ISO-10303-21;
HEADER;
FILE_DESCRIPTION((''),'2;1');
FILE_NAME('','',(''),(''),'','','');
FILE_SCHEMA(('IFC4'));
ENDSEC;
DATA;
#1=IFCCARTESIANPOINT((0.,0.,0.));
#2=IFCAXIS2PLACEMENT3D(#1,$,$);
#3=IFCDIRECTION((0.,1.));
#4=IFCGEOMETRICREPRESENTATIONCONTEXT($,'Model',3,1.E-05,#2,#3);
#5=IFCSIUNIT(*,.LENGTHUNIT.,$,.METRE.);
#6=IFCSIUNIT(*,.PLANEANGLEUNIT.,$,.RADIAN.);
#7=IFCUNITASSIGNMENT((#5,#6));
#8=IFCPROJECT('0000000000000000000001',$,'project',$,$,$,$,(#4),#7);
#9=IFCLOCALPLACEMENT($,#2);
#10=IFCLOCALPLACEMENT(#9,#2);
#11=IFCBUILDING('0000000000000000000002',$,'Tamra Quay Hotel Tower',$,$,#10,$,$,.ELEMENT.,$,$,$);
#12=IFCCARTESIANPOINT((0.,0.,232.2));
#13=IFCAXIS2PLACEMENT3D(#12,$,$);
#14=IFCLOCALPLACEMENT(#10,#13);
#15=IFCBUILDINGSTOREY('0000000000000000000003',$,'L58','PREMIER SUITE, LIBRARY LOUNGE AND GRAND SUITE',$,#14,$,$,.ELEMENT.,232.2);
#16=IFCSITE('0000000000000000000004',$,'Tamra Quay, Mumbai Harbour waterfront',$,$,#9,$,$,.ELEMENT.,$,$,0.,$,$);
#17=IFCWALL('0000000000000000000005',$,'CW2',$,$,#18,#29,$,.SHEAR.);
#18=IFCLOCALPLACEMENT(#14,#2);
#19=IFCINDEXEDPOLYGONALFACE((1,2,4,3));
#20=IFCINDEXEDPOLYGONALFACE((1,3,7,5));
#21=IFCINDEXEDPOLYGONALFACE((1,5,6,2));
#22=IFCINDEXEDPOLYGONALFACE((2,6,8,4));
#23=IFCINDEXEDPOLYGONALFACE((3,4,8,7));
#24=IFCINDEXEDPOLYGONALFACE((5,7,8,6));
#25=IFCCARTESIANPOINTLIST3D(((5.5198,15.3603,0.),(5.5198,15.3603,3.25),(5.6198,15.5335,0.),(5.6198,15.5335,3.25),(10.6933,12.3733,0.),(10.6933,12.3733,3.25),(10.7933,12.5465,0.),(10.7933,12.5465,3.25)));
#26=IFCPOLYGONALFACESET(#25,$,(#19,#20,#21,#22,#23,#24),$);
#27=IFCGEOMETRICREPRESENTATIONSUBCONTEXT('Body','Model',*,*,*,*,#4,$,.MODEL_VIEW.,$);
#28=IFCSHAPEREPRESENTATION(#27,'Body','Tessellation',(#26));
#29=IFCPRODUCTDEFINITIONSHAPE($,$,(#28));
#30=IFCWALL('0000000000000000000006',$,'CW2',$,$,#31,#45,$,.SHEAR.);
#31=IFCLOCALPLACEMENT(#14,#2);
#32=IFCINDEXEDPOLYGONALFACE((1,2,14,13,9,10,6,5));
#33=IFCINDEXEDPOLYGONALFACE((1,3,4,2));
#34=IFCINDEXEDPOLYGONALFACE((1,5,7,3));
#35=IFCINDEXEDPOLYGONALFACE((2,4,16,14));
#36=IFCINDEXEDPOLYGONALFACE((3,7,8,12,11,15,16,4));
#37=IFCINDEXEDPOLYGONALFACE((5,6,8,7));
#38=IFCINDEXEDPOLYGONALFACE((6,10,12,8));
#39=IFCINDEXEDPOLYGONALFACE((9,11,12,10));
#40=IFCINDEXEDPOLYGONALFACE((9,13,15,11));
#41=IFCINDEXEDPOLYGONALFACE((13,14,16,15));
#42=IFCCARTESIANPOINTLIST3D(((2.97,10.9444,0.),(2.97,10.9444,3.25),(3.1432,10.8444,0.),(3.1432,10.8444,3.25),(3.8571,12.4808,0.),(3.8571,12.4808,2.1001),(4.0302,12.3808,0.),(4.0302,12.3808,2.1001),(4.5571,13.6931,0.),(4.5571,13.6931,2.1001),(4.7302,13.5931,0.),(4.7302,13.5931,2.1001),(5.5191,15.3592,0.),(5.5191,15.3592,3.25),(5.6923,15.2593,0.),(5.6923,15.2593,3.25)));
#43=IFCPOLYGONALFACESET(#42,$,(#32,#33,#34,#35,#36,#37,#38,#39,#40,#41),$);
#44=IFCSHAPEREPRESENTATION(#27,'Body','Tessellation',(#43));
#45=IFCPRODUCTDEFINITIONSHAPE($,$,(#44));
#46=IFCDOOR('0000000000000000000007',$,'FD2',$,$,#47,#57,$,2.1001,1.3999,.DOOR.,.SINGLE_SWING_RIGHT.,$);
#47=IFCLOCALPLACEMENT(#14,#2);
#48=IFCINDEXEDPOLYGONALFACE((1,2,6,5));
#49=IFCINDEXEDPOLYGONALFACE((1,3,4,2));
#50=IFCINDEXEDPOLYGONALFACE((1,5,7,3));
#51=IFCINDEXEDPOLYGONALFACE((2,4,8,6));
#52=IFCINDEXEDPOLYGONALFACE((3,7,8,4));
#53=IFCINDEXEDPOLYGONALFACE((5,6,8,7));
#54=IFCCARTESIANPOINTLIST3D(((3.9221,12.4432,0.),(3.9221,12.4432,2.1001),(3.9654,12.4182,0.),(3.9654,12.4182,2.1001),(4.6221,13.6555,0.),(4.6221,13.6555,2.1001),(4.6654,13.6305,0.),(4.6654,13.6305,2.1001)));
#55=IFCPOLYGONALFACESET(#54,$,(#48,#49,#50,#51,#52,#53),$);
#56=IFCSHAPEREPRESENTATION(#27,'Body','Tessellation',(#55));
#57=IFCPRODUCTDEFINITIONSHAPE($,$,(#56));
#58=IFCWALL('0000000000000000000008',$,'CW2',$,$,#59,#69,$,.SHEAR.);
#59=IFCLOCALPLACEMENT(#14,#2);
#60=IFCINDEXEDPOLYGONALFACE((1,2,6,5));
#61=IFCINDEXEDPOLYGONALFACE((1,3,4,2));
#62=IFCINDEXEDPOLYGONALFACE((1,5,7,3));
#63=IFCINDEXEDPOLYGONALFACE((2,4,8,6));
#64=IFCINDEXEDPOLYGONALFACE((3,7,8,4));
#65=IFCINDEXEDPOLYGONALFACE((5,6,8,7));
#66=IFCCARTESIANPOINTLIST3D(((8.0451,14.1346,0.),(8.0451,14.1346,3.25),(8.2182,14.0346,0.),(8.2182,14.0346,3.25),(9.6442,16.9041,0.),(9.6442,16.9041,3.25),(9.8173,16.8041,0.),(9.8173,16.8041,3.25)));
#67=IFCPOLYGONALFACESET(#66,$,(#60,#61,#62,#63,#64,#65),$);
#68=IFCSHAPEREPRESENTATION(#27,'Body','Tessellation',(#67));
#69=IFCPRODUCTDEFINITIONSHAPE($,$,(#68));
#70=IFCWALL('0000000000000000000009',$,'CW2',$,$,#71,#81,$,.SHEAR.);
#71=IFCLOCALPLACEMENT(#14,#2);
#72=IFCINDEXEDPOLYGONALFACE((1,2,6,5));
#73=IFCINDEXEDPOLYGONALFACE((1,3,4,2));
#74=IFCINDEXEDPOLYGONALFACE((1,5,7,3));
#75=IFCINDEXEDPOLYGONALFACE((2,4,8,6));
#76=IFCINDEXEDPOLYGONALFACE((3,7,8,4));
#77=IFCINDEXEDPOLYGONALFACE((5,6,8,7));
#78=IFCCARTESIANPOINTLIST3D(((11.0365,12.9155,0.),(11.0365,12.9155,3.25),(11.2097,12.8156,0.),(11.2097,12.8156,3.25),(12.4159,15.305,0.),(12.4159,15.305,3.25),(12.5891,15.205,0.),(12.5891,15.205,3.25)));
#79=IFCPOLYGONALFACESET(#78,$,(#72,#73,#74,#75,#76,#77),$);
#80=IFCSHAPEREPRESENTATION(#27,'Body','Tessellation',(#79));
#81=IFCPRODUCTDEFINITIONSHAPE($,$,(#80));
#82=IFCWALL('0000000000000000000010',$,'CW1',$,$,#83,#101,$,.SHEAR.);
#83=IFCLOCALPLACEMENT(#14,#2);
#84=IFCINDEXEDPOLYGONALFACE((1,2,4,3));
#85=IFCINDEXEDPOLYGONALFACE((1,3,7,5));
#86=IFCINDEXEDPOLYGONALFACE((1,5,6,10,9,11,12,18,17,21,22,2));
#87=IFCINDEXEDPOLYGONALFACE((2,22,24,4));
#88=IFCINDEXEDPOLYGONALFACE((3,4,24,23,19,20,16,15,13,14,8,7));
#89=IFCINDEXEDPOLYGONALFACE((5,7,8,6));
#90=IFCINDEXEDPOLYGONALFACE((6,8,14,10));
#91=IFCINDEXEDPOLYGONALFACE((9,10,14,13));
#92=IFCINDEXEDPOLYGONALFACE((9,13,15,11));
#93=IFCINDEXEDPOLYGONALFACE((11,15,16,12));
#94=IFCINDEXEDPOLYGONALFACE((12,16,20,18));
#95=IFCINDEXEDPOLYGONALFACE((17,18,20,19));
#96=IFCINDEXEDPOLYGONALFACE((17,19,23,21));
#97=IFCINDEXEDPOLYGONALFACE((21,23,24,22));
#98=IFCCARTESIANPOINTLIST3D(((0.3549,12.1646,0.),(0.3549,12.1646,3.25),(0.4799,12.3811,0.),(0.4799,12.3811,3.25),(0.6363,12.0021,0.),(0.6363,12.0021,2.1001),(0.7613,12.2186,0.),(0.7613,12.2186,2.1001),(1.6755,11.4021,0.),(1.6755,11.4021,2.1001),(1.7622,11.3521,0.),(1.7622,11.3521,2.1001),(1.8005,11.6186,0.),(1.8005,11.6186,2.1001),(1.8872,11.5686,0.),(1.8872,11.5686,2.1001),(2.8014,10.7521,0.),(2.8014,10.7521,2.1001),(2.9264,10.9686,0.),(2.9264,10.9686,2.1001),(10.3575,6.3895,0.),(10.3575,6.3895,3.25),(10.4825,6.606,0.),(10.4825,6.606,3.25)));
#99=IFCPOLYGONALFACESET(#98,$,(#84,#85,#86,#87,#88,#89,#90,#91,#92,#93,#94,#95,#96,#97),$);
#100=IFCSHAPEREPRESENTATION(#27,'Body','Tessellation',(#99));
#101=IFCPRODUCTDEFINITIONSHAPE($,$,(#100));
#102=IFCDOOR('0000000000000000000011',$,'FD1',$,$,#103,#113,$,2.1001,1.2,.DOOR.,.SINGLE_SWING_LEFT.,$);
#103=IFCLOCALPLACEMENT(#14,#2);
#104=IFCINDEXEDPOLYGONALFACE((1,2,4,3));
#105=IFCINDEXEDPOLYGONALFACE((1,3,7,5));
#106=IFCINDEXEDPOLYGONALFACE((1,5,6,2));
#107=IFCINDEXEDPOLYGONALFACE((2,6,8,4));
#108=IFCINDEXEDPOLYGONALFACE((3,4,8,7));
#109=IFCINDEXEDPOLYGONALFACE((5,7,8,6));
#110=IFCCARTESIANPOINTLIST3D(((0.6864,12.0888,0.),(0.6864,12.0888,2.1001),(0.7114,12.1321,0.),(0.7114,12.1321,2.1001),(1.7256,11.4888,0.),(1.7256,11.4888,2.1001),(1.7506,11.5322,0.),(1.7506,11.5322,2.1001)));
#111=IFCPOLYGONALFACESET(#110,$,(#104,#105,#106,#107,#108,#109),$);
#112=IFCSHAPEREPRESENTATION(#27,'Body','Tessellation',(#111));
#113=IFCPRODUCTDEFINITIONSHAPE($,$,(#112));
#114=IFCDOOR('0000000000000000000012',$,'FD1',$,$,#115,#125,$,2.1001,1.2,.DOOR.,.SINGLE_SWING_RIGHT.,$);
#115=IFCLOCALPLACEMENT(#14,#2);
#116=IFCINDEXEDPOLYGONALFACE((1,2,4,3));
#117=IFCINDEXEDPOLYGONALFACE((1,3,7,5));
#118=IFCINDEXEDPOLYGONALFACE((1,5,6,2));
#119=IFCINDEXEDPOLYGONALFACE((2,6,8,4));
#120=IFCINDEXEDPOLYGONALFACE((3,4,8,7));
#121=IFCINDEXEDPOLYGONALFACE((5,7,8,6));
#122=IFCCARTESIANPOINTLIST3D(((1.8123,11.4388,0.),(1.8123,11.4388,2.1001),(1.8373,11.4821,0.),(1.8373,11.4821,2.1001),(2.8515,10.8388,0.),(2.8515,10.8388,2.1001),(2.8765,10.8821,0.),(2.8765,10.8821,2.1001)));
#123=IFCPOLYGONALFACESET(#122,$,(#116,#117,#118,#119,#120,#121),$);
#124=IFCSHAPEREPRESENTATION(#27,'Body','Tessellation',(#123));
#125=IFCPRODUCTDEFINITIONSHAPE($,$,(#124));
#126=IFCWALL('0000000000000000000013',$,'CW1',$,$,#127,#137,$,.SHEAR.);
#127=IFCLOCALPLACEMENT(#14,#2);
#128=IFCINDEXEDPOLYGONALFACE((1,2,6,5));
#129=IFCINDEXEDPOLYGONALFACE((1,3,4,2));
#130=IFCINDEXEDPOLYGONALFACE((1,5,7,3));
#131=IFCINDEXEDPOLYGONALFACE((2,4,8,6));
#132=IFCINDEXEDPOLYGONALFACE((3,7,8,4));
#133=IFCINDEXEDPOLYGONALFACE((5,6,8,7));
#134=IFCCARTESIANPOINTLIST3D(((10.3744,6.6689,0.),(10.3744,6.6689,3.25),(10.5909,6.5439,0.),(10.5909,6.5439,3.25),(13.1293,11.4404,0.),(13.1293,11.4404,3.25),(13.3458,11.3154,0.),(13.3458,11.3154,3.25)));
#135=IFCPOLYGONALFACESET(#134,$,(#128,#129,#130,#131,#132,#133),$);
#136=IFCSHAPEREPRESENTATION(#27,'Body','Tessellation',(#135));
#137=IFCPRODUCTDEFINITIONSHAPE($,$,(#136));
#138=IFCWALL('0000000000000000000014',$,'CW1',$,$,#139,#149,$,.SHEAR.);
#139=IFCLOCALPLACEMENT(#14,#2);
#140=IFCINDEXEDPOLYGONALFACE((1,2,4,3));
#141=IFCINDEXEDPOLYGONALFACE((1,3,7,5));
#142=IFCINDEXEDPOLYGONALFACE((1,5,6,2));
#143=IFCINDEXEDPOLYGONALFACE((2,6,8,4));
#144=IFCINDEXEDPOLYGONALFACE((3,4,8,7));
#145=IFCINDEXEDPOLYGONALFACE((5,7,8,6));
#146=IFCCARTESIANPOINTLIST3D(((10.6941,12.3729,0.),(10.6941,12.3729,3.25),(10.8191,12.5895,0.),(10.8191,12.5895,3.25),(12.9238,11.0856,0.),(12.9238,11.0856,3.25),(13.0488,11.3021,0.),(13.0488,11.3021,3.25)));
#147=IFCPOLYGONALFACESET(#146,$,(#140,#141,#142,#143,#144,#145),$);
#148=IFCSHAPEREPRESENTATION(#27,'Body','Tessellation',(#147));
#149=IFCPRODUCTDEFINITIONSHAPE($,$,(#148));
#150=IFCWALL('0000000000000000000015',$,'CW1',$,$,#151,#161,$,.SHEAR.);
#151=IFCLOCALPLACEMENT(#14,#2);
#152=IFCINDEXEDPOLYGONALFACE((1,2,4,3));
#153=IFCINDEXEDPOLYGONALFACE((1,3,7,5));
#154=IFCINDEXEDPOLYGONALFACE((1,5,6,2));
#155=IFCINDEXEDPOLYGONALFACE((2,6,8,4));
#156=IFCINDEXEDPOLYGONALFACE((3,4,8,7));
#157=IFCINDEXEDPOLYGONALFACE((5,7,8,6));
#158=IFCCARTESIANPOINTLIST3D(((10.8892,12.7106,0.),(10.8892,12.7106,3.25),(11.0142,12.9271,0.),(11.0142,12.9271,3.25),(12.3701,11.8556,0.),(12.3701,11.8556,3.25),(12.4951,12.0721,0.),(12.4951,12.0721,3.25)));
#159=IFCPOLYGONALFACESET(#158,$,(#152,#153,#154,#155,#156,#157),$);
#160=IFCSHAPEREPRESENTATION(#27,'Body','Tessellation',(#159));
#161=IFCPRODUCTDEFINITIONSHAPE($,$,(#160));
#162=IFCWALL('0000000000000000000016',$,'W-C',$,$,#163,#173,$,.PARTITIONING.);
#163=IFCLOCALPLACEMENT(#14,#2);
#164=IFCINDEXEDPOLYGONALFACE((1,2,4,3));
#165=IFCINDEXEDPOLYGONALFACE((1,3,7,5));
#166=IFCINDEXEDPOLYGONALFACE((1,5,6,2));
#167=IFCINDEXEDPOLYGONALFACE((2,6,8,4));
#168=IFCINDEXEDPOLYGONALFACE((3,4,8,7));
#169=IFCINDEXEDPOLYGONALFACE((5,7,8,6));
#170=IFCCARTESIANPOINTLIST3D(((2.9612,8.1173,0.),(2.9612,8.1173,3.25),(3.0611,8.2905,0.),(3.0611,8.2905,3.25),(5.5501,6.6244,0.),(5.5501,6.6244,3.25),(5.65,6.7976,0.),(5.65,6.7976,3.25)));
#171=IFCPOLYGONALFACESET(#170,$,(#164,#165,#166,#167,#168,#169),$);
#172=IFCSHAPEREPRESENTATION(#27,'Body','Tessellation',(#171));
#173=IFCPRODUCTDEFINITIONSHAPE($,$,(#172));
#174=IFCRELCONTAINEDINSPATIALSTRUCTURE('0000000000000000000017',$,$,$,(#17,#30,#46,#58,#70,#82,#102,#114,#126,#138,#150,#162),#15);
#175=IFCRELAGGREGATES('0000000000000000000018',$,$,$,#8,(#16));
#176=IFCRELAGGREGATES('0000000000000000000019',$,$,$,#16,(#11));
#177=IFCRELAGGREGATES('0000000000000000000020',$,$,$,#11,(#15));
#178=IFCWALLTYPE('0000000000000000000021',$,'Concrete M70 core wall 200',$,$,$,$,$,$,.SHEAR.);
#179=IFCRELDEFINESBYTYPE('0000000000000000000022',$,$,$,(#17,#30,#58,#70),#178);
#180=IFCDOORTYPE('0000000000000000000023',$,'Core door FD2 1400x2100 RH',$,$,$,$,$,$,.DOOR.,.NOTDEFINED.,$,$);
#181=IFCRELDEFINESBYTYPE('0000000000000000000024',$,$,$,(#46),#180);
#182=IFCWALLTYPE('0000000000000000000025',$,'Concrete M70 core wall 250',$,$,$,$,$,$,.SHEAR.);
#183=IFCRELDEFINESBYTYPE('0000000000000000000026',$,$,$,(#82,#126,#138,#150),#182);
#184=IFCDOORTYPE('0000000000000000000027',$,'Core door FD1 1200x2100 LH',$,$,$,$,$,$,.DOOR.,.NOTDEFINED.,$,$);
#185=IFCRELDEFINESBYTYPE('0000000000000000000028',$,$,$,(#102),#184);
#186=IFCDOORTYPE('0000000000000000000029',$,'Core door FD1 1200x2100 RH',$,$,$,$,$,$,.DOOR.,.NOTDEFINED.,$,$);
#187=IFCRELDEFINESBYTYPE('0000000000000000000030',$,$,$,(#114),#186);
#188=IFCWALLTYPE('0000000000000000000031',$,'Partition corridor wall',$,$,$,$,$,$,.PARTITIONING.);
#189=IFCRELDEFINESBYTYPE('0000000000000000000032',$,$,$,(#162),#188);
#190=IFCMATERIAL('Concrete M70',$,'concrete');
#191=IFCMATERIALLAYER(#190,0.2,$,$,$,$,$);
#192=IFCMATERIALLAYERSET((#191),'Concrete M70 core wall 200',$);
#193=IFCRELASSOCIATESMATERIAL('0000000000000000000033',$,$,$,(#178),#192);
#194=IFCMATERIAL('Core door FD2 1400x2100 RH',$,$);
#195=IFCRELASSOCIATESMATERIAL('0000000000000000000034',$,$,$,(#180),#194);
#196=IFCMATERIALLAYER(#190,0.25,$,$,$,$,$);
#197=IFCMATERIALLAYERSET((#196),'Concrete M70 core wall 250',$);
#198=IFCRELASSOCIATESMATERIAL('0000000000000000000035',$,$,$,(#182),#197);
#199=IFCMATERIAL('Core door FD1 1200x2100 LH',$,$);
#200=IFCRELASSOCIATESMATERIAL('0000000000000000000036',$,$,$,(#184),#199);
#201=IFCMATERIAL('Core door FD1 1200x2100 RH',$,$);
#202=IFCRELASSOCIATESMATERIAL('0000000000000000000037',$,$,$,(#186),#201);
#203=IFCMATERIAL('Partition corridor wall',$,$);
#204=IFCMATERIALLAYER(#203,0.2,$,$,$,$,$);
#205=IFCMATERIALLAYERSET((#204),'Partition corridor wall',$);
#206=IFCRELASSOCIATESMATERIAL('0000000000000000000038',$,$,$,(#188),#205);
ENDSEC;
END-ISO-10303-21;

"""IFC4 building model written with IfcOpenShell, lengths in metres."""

from ifc_helpers import new_model, si_unit, direction, frame, frame_2d, origin, place, context, subcontext, project, spatial, rectangle, extrude, material, layer, layer_set, type_object, element, fill, save


model = new_model("IFC4")

# Units and contexts
model_context = context("Model", 3, precision=1e-05, world=origin(), true_north=direction((0.0, 1.0)))
body_context = subcontext(model_context, "Body", "Model", "MODEL_VIEW")
ifc_project = project(units=[si_unit("LENGTHUNIT", "METRE"), si_unit("PLANEANGLEUNIT", "RADIAN")], contexts=[model_context])

# Site, building, storey
site_placement = place(None, origin())
site = spatial("IfcSite", under=ifc_project, at=site_placement, Name="Tamra Quay, Mumbai Harbour waterfront", CompositionType="ELEMENT", RefElevation=0.0)
building_placement = place(site_placement, origin())
building = spatial("IfcBuilding", under=site, at=building_placement, Name="Tamra Quay Hotel Tower", CompositionType="ELEMENT")
storey_placement = place(building_placement, frame((0.0, 0.0, 232.2)))
storey = spatial("IfcBuildingStorey", under=building, at=storey_placement, Name="L58", Description="PREMIER SUITE, LIBRARY LOUNGE AND GRAND SUITE", CompositionType="ELEMENT", Elevation=232.2)

# Wall
ifc_material_1 = material(Name="Concrete M70", Category="concrete")
ifc_layer_1 = layer(ifc_material_1, 0.2)
ifc_layer_set_1 = layer_set([ifc_layer_1], Name="Concrete M70 core wall 200")
wall_type_1 = type_object("IfcWallType", Name="Concrete M70 core wall 200", PredefinedType="SHEAR", material=ifc_layer_set_1)
wall_1_placement = place(storey_placement, frame((10.7432, 12.46, 0.0), z_axis=(0.0, 0.0, 1.0), x_axis=(-0.866019, 0.500011, 0.0)))
element("IfcWall", 1, at=wall_1_placement, inside=storey, type_object=wall_type_1, Name="CW2", PredefinedType="SHEAR", context=body_context, shape_type="SweptSolid", body=[
    extrude(rectangle(XDim=5.9739, YDim=0.2, at=frame_2d((2.9868, 0.0))), origin(), (0.0, 0.0, 1.0), 3.25),
])

# Wall, opening, door
wall_2_placement = place(storey_placement, frame((3.0566, 10.8945, 0.0), z_axis=(0.0, 0.0, 1.0), x_axis=(0.500028, 0.866009, 0.0)))
wall_2 = element("IfcWall", 2, at=wall_2_placement, inside=storey, type_object=wall_type_1, Name="CW2", PredefinedType="SHEAR", context=body_context, shape_type="SweptSolid", body=[
    extrude(rectangle(XDim=5.0979, YDim=0.2, at=frame_2d((2.5488, 0.0))), origin(), (0.0, 0.0, 1.0), 3.25),
])
opening_1_placement = place(wall_2_placement, frame((1.7739, 0.0, 0.0)))
opening_1 = element("IfcOpeningElement", 3, at=opening_1_placement, cuts=wall_2, PredefinedType="OPENING", context=body_context, shape_type="SweptSolid", body=[
    extrude(rectangle(XDim=1.3999, YDim=2.1001, at=frame_2d((0.7, 1.05))), frame((0.0, 0.1099, 0.0), z_axis=(0.0, -1.0, 0.0), x_axis=(1.0, 0.0, 0.0)), (0.0, 0.0, 1.0), 0.22),
])
ifc_material_2 = material(Name="Core door FD2 1400x2100 RH")
door_type_1 = type_object("IfcDoorType", Name="Core door FD2 1400x2100 RH", OperationType="NOTDEFINED", PredefinedType="DOOR", material=ifc_material_2)
door_1_placement = place(opening_1_placement, origin())
door_1 = element("IfcDoor", 4, at=door_1_placement, inside=storey, type_object=door_type_1, Name="FD2", OperationType="SINGLE_SWING_RIGHT", OverallHeight=2.1001, OverallWidth=1.3999, PredefinedType="DOOR", context=body_context, shape_type="SweptSolid", body=[
    extrude(rectangle(XDim=1.3999, YDim=2.1001, at=frame_2d((0.7, 1.05))), frame((0.0, 0.0249, 0.0), z_axis=(0.0, -1.0, 0.0), x_axis=(1.0, 0.0, 0.0)), (0.0, 0.0, 1.0), 0.05),
])
fill(opening_1, door_1)

# Walls
wall_3_placement = place(storey_placement, frame((8.1316, 14.0845, 0.0), z_axis=(0.0, 0.0, 1.0), x_axis=(0.500031, 0.866008, 0.0)))
element("IfcWall", 5, at=wall_3_placement, inside=storey, type_object=wall_type_1, Name="CW2", PredefinedType="SHEAR", context=body_context, shape_type="SweptSolid", body=[
    extrude(rectangle(XDim=3.198, YDim=0.2, at=frame_2d((1.5991, 0.0))), origin(), (0.0, 0.0, 1.0), 3.25),
])
wall_4_placement = place(storey_placement, frame((12.5024, 15.2549, 0.0), z_axis=(0.0, 0.0, 1.0), x_axis=(-0.499965, -0.866046, 0.0)))
element("IfcWall", 6, at=wall_4_placement, inside=storey, type_object=wall_type_1, Name="CW2", PredefinedType="SHEAR", context=body_context, shape_type="SweptSolid", body=[
    extrude(rectangle(XDim=2.759, YDim=0.2, at=frame_2d((1.3794, 0.0))), origin(), (0.0, 0.0, 1.0), 3.25),
])

# Wall, openings, doors
ifc_layer_2 = layer(ifc_material_1, 0.25)
ifc_layer_set_2 = layer_set([ifc_layer_2], Name="Concrete M70 core wall 250")
wall_type_2 = type_object("IfcWallType", Name="Concrete M70 core wall 250", PredefinedType="SHEAR", material=ifc_layer_set_2)
wall_5_placement = place(storey_placement, frame((10.4199, 6.4978, 0.0), z_axis=(0.0, 0.0, 1.0), x_axis=(-0.866022, 0.500006, 0.0)))
wall_5 = element("IfcWall", 7, at=wall_5_placement, inside=storey, type_object=wall_type_2, Name="CW1", PredefinedType="SHEAR", context=body_context, shape_type="SweptSolid", body=[
    extrude(rectangle(XDim=11.55, YDim=0.25, at=frame_2d((5.7749, 0.0))), origin(), (0.0, 0.0, 1.0), 3.25),
])
opening_2_placement = place(wall_5_placement, frame((10.0249, 0.0, 0.0)))
opening_2 = element("IfcOpeningElement", 8, at=opening_2_placement, cuts=wall_5, PredefinedType="OPENING", context=body_context, shape_type="SweptSolid", body=[
    extrude(rectangle(XDim=1.2, YDim=2.1001, at=frame_2d((0.6001, 1.05))), frame((0.0, 0.135, 0.0), z_axis=(0.0, -1.0, 0.0), x_axis=(1.0, 0.0, 0.0)), (0.0, 0.0, 1.0), 0.27),
])
opening_3_placement = place(wall_5_placement, frame((8.7249, 0.0, 0.0)))
opening_3 = element("IfcOpeningElement", 9, at=opening_3_placement, cuts=wall_5, PredefinedType="OPENING", context=body_context, shape_type="SweptSolid", body=[
    extrude(rectangle(XDim=1.2, YDim=2.1001, at=frame_2d((0.6001, 1.05))), frame((0.0, 0.135, 0.0), z_axis=(0.0, -1.0, 0.0), x_axis=(1.0, 0.0, 0.0)), (0.0, 0.0, 1.0), 0.27),
])
ifc_material_3 = material(Name="Core door FD1 1200x2100 LH")
door_type_2 = type_object("IfcDoorType", Name="Core door FD1 1200x2100 LH", OperationType="NOTDEFINED", PredefinedType="DOOR", material=ifc_material_3)
door_2_placement = place(opening_2_placement, origin())
door_2 = element("IfcDoor", 10, at=door_2_placement, inside=storey, type_object=door_type_2, Name="FD1", OperationType="SINGLE_SWING_LEFT", OverallHeight=2.1001, OverallWidth=1.2, PredefinedType="DOOR", context=body_context, shape_type="SweptSolid", body=[
    extrude(rectangle(XDim=1.2, YDim=2.1001, at=frame_2d((0.6001, 1.05))), frame((0.0, 0.0249, 0.0), z_axis=(0.0, -1.0, 0.0), x_axis=(1.0, 0.0, 0.0)), (0.0, 0.0, 1.0), 0.05),
])
fill(opening_2, door_2)
ifc_material_4 = material(Name="Core door FD1 1200x2100 RH")
door_type_3 = type_object("IfcDoorType", Name="Core door FD1 1200x2100 RH", OperationType="NOTDEFINED", PredefinedType="DOOR", material=ifc_material_4)
door_3_placement = place(opening_3_placement, origin())
door_3 = element("IfcDoor", 11, at=door_3_placement, inside=storey, type_object=door_type_3, Name="FD1", OperationType="SINGLE_SWING_RIGHT", OverallHeight=2.1001, OverallWidth=1.2, PredefinedType="DOOR", context=body_context, shape_type="SweptSolid", body=[
    extrude(rectangle(XDim=1.2, YDim=2.1001, at=frame_2d((0.6001, 1.05))), frame((0.0, 0.0249, 0.0), z_axis=(0.0, -1.0, 0.0), x_axis=(1.0, 0.0, 0.0)), (0.0, 0.0, 1.0), 0.05),
])
fill(opening_3, door_3)

# Walls
wall_6_placement = place(storey_placement, frame((13.2375, 11.3779, 0.0), z_axis=(0.0, 0.0, 1.0), x_axis=(-0.500009, -0.86602, 0.0)))
element("IfcWall", 12, at=wall_6_placement, inside=storey, type_object=wall_type_2, Name="CW1", PredefinedType="SHEAR", context=body_context, shape_type="SweptSolid", body=[
    extrude(rectangle(XDim=5.5098, YDim=0.25, at=frame_2d((2.7549, 0.0))), origin(), (0.0, 0.0, 1.0), 3.25),
])
wall_7_placement = place(storey_placement, frame((10.7566, 12.4812, 0.0), z_axis=(0.0, 0.0, 1.0), x_axis=(0.866023, -0.500004, 0.0)))
element("IfcWall", 13, at=wall_7_placement, inside=storey, type_object=wall_type_2, Name="CW1", PredefinedType="SHEAR", context=body_context, shape_type="SweptSolid", body=[
    extrude(rectangle(XDim=2.5747, YDim=0.25, at=frame_2d((1.2874, 0.0))), origin(), (0.0, 0.0, 1.0), 3.25),
])
wall_8_placement = place(storey_placement, frame((12.4326, 11.9639, 0.0), z_axis=(0.0, 0.0, 1.0), x_axis=(-0.866038, 0.499978, 0.0)))
element("IfcWall", 14, at=wall_8_placement, inside=storey, type_object=wall_type_2, Name="CW1", PredefinedType="SHEAR", context=body_context, shape_type="SweptSolid", body=[
    extrude(rectangle(XDim=1.71, YDim=0.25, at=frame_2d((0.855, 0.0))), origin(), (0.0, 0.0, 1.0), 3.25),
])
ifc_material_5 = material(Name="Partition corridor wall")
ifc_layer_3 = layer(ifc_material_5, 0.2)
ifc_layer_set_3 = layer_set([ifc_layer_3], Name="Partition corridor wall")
wall_type_3 = type_object("IfcWallType", Name="Partition corridor wall", PredefinedType="PARTITIONING", material=ifc_layer_set_3)
wall_9_placement = place(storey_placement, frame((3.0112, 8.2039, 0.0), z_axis=(0.0, 0.0, 1.0), x_axis=(0.866281, -0.499557, 0.0)))
element("IfcWall", 15, at=wall_9_placement, inside=storey, type_object=wall_type_3, Name="W-C", PredefinedType="PARTITIONING", context=body_context, shape_type="SweptSolid", body=[
    extrude(rectangle(XDim=2.9885, YDim=0.2, at=frame_2d((1.4941, 0.0))), origin(), (0.0, 0.0, 1.0), 3.25),
])

save(model, "model.ifc")
